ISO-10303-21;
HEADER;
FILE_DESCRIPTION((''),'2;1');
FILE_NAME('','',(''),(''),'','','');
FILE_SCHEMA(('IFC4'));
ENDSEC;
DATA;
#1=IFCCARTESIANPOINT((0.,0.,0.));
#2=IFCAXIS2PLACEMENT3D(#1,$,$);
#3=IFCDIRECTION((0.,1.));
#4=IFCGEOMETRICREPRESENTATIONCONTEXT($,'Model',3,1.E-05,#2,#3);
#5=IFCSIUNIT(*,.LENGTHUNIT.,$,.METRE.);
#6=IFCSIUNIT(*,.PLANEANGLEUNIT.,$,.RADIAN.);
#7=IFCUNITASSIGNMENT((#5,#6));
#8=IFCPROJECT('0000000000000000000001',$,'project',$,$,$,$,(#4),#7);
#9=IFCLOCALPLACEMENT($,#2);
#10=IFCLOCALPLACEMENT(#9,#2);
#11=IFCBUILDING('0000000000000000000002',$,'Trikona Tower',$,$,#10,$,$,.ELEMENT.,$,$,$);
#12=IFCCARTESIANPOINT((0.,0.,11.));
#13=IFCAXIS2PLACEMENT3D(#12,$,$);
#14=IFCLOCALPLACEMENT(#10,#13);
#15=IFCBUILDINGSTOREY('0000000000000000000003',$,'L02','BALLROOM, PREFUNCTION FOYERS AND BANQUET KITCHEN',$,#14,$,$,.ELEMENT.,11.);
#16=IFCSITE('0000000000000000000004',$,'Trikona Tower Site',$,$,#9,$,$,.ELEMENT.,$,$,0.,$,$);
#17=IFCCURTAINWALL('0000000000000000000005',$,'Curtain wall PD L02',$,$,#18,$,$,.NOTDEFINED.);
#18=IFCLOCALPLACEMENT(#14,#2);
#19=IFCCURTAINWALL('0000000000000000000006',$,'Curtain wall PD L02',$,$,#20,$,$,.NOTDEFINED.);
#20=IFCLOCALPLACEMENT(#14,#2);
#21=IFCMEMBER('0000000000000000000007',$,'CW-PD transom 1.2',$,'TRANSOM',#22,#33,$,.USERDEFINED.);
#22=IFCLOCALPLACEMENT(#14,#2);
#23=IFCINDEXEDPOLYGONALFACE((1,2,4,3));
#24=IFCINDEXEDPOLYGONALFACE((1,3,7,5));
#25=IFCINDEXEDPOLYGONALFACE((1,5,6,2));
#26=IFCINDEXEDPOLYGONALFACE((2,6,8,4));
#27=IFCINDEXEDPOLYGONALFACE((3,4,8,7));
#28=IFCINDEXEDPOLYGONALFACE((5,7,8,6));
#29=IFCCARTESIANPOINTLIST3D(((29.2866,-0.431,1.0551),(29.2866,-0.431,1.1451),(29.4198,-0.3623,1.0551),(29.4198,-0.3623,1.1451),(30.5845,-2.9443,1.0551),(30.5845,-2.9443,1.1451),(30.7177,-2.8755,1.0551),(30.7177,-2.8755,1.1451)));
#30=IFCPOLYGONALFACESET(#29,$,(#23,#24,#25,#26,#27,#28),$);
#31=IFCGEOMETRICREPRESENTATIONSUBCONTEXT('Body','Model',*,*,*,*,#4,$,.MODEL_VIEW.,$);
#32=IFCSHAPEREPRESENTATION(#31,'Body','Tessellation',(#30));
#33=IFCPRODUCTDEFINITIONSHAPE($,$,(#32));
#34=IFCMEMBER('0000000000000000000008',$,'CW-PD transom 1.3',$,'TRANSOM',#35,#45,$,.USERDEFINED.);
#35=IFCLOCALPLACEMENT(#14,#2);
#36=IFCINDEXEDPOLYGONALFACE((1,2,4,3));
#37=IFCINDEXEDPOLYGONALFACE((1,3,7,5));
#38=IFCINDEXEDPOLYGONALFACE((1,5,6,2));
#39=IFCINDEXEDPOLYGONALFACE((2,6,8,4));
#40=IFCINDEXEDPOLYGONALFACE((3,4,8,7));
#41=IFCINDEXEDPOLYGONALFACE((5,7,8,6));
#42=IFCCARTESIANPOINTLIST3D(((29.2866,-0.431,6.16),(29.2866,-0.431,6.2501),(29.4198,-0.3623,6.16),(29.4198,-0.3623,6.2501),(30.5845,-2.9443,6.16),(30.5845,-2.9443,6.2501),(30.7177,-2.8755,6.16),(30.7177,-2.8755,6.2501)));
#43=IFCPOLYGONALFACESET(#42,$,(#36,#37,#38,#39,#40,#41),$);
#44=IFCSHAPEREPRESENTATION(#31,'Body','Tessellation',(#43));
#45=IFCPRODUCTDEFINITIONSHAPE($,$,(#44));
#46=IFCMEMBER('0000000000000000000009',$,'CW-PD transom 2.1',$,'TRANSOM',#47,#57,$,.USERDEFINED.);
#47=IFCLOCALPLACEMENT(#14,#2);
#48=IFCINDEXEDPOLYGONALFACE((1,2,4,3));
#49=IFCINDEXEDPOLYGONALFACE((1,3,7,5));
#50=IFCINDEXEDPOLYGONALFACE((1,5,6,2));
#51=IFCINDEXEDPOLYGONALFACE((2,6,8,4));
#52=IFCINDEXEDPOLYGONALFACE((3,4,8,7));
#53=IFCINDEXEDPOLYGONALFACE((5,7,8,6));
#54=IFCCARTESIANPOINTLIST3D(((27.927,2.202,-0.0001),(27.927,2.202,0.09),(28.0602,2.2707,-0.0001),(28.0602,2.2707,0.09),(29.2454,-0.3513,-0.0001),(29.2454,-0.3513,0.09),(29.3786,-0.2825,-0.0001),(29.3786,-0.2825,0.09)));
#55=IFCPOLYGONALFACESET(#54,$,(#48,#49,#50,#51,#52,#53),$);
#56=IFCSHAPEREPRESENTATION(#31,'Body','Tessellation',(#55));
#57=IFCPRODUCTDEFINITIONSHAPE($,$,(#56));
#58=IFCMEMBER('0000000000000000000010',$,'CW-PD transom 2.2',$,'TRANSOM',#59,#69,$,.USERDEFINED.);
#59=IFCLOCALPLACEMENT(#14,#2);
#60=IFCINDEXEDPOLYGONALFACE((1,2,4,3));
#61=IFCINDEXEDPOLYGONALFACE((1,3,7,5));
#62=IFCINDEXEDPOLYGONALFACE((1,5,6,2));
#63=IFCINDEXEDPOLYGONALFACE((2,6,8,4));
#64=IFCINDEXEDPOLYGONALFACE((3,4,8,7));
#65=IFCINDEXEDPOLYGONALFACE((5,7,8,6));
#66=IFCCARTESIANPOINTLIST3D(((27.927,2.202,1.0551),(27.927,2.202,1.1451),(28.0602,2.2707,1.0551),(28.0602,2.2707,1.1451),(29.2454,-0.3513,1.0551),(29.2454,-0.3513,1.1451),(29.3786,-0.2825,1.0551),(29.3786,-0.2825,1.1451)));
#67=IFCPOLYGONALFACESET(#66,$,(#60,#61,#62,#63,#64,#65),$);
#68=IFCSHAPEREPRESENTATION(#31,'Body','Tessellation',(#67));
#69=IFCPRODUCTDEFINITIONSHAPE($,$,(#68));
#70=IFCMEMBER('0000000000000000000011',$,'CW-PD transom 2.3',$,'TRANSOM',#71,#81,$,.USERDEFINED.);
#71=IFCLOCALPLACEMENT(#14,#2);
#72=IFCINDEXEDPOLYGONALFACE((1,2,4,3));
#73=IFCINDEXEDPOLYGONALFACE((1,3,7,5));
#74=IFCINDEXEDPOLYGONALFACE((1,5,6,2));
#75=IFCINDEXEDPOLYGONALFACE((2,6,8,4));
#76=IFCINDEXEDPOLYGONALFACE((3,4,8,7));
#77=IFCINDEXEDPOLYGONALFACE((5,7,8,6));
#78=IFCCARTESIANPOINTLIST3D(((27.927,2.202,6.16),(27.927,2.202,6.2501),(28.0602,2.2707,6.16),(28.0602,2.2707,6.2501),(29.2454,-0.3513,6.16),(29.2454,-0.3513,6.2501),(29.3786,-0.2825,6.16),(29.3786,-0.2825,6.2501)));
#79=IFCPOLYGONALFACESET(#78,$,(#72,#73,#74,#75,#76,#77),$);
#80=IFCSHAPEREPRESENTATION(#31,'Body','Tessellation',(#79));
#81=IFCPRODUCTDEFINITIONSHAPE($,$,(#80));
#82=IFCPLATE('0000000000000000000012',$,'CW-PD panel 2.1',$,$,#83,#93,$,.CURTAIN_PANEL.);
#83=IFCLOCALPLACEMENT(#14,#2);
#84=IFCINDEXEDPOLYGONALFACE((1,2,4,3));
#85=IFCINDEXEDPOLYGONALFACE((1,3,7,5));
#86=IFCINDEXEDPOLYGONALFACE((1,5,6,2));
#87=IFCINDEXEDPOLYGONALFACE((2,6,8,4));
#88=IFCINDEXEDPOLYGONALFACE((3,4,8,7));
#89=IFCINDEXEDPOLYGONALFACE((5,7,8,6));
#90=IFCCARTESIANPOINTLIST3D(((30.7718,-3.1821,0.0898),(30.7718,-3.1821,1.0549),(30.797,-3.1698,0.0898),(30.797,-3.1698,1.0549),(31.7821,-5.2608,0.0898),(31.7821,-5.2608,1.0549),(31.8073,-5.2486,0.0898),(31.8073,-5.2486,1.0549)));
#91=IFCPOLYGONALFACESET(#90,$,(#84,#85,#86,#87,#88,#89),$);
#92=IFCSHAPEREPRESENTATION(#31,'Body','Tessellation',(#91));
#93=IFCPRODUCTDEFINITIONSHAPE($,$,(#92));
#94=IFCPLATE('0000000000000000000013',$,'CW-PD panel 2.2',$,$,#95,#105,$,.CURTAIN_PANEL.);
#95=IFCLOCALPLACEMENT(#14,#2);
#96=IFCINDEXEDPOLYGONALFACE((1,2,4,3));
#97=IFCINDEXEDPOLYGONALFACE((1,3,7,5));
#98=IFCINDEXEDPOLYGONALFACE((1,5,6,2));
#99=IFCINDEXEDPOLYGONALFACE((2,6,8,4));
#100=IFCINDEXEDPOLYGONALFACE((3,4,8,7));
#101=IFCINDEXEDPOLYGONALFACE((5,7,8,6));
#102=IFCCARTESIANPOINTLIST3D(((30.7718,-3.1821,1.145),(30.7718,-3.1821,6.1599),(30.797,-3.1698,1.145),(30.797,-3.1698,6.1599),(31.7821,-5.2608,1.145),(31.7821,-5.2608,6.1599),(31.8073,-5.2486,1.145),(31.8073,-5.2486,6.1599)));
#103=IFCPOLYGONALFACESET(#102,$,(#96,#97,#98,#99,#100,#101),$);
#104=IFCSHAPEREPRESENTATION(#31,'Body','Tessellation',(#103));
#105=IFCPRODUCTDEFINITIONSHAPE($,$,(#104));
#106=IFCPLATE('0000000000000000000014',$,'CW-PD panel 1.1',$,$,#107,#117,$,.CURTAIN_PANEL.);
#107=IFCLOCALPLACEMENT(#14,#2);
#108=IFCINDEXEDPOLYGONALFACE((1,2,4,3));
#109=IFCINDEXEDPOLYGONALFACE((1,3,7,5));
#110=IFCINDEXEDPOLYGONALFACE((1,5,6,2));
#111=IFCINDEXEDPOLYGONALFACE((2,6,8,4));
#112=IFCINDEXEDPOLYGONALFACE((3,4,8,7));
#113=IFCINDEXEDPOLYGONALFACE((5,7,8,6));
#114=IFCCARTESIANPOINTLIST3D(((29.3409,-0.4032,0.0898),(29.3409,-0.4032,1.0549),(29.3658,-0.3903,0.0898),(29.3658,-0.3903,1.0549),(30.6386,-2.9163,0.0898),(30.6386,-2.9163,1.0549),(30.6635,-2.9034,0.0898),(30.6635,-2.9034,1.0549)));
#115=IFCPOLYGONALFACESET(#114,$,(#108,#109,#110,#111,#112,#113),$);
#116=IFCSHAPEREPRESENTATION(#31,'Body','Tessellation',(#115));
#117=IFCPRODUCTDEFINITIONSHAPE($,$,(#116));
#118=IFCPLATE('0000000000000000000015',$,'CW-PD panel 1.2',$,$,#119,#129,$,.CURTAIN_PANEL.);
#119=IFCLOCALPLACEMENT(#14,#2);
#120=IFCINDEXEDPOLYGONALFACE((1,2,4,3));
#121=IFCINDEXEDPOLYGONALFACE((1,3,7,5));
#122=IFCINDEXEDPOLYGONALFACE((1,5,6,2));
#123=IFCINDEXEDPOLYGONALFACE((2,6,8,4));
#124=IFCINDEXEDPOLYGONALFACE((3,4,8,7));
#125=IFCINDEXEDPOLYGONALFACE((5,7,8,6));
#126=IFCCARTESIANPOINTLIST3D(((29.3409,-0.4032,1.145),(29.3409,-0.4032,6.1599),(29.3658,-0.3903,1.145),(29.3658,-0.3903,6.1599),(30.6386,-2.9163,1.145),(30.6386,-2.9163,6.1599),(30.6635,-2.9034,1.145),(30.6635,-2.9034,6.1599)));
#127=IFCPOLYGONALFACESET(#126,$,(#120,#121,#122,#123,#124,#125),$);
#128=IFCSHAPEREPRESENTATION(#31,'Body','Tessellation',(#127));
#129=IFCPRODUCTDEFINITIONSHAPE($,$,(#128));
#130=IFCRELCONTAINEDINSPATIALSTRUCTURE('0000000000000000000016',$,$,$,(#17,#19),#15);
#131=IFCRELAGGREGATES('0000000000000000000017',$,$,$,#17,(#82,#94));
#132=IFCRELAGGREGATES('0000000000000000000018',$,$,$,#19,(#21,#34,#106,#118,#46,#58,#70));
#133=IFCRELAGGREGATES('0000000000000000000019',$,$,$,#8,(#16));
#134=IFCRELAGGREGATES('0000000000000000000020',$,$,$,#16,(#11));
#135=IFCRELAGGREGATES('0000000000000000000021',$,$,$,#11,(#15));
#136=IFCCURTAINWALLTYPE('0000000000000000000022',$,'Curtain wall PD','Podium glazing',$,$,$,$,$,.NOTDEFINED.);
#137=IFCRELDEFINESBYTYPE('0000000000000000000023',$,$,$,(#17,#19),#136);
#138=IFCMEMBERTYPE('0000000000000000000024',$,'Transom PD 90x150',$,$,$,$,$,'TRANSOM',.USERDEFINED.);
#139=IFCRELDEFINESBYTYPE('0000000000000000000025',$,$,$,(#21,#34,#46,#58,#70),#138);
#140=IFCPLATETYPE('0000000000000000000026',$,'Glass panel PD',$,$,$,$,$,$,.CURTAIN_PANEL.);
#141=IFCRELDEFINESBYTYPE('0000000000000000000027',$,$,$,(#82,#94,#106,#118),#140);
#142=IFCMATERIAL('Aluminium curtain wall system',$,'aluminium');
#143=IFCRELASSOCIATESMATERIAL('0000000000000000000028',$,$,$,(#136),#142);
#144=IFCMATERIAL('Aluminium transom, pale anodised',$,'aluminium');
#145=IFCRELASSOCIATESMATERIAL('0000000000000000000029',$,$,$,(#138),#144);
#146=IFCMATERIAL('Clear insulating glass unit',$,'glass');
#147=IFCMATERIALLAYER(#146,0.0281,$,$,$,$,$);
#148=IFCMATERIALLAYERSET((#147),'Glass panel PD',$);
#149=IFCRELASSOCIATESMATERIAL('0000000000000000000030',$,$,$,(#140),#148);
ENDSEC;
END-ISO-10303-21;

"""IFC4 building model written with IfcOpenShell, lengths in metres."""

from ifc_helpers import new_model, si_unit, direction, frame, origin, origin_2d, place, context, subcontext, project, spatial, rectangle, extrude, material, layer, layer_set, material_profile, profile_set, type_object, element, aggregate, save


model = new_model("IFC4")

# Units and contexts
model_context = context("Model", 3, precision=1e-05, world=origin(), true_north=direction((0.0, 1.0)))
body_context = subcontext(model_context, "Body", "Model", "MODEL_VIEW")
ifc_project = project(units=[si_unit("LENGTHUNIT", "METRE"), si_unit("PLANEANGLEUNIT", "RADIAN")], contexts=[model_context])

# Site, building, storey
site_placement = place(None, origin())
site = spatial("IfcSite", under=ifc_project, at=site_placement, Name="Trikona Tower Site", CompositionType="ELEMENT", RefElevation=0.0)
building_placement = place(site_placement, origin())
building = spatial("IfcBuilding", under=site, at=building_placement, Name="Trikona Tower", CompositionType="ELEMENT")
storey_placement = place(building_placement, frame((0.0, 0.0, 11.0)))
storey = spatial("IfcBuildingStorey", under=building, at=storey_placement, Name="L02", Description="BALLROOM, PREFUNCTION FOYERS AND BANQUET KITCHEN", CompositionType="ELEMENT", Elevation=11.0)

# Curtain wall
ifc_material_1 = material(Name="Aluminium curtain wall system", Category="aluminium")
curtain_wall_type = type_object("IfcCurtainWallType", Name="Curtain wall PD", Description="Podium glazing", PredefinedType="NOTDEFINED", material=ifc_material_1)
curtain_wall_1_placement = place(storey_placement, origin())
curtain_wall_1 = element("IfcCurtainWall", 1, at=curtain_wall_1_placement, inside=storey, type_object=curtain_wall_type, Name="Curtain wall PD L02", PredefinedType="NOTDEFINED")

# Curtain wall
curtain_wall_2_placement = place(storey_placement, origin())
curtain_wall_2 = element("IfcCurtainWall", 2, at=curtain_wall_2_placement, inside=storey, type_object=curtain_wall_type, Name="Curtain wall PD L02", PredefinedType="NOTDEFINED")

# Members
ifc_material_2 = material(Name="Aluminium transom, pale anodised", Category="aluminium")
ifc_material_profile_1 = material_profile(ifc_material_2, rectangle(XDim=0.1499, YDim=0.0901, at=origin_2d()), Name="TRN-PD")
ifc_profile_set_1 = profile_set([ifc_material_profile_1], Name="Aluminium transom, pale anodised")
member_type_1 = type_object("IfcMemberType", Name="Transom PD 90x150", ElementType="TRANSOM", PredefinedType="USERDEFINED", material=ifc_profile_set_1)
member_1_placement = place(storey_placement, frame((30.6511, -2.9099, 1.1001), z_axis=(-0.458845, 0.888516, 0.0), x_axis=(-0.888516, -0.458845, 0.0)))
member_1 = element("IfcMember", 3, at=member_1_placement, type_object=member_type_1, Name="CW-PD transom 1.2", ObjectType="TRANSOM", PredefinedType="USERDEFINED", context=body_context, shape_type="SweptSolid", body=[
    extrude(rectangle(XDim=0.1499, YDim=0.0901, at=origin_2d()), origin(), (0.0, 0.0, 1.0), 2.8286),
])
member_2_placement = place(storey_placement, frame((30.6511, -2.9099, 6.2051), z_axis=(-0.458845, 0.888516, 0.0), x_axis=(-0.888516, -0.458845, 0.0)))
member_2 = element("IfcMember", 4, at=member_2_placement, type_object=member_type_1, Name="CW-PD transom 1.3", ObjectType="TRANSOM", PredefinedType="USERDEFINED", context=body_context, shape_type="SweptSolid", body=[
    extrude(rectangle(XDim=0.1499, YDim=0.0901, at=origin_2d()), origin(), (0.0, 0.0, 1.0), 2.8286),
])
member_3_placement = place(storey_placement, frame((29.312, -0.3169, 0.0449), z_axis=(-0.458799, 0.88854, 0.0), x_axis=(-0.88854, -0.458799, 0.0)))
member_3 = element("IfcMember", 5, at=member_3_placement, type_object=member_type_1, Name="CW-PD transom 2.1", ObjectType="TRANSOM", PredefinedType="USERDEFINED", context=body_context, shape_type="SweptSolid", body=[
    extrude(rectangle(XDim=0.1499, YDim=0.0901, at=origin_2d()), origin(), (0.0, 0.0, 1.0), 2.8735),
])
member_4_placement = place(storey_placement, frame((29.312, -0.3169, 1.1001), z_axis=(-0.458799, 0.88854, 0.0), x_axis=(-0.88854, -0.458799, 0.0)))
member_4 = element("IfcMember", 6, at=member_4_placement, type_object=member_type_1, Name="CW-PD transom 2.2", ObjectType="TRANSOM", PredefinedType="USERDEFINED", context=body_context, shape_type="SweptSolid", body=[
    extrude(rectangle(XDim=0.1499, YDim=0.0901, at=origin_2d()), origin(), (0.0, 0.0, 1.0), 2.8735),
])
member_5_placement = place(storey_placement, frame((29.312, -0.3169, 6.2051), z_axis=(-0.458799, 0.88854, 0.0), x_axis=(-0.88854, -0.458799, 0.0)))
member_5 = element("IfcMember", 7, at=member_5_placement, type_object=member_type_1, Name="CW-PD transom 2.3", ObjectType="TRANSOM", PredefinedType="USERDEFINED", context=body_context, shape_type="SweptSolid", body=[
    extrude(rectangle(XDim=0.1499, YDim=0.0901, at=origin_2d()), origin(), (0.0, 0.0, 1.0), 2.8735),
])

# Plates
ifc_material_3 = material(Name="Clear insulating glass unit", Category="glass")
ifc_layer = layer(ifc_material_3, 0.0281)
ifc_layer_set = layer_set([ifc_layer], Name="Glass panel PD")
plate_type = type_object("IfcPlateType", Name="Glass panel PD", PredefinedType="CURTAIN_PANEL", material=ifc_layer_set)
plate_1_placement = place(storey_placement, frame((31.2896, -4.2153, 0.0898), z_axis=(0.0, 0.0, 1.0), x_axis=(-0.437129, 0.899399, 0.0)))
plate_1 = element("IfcPlate", 8, at=plate_1_placement, type_object=plate_type, Name="CW-PD panel 2.1", PredefinedType="CURTAIN_PANEL", context=body_context, shape_type="SweptSolid", body=[
    extrude(rectangle(XDim=2.3113, YDim=0.0281, at=origin_2d()), origin(), (0.0, 0.0, 1.0), 0.9651),
])
plate_2_placement = place(storey_placement, frame((31.2896, -4.2153, 1.145), z_axis=(0.0, 0.0, 1.0), x_axis=(-0.437129, 0.899399, 0.0)))
plate_2 = element("IfcPlate", 9, at=plate_2_placement, type_object=plate_type, Name="CW-PD panel 2.2", PredefinedType="CURTAIN_PANEL", context=body_context, shape_type="SweptSolid", body=[
    extrude(rectangle(XDim=2.3113, YDim=0.0281, at=origin_2d()), origin(), (0.0, 0.0, 1.0), 5.0149),
])
aggregate(curtain_wall_1, [plate_1, plate_2])
plate_3_placement = place(storey_placement, frame((30.0022, -1.6533, 0.0898), z_axis=(0.0, 0.0, 1.0), x_axis=(-0.458829, 0.888525, 0.0)))
plate_3 = element("IfcPlate", 10, at=plate_3_placement, type_object=plate_type, Name="CW-PD panel 1.1", PredefinedType="CURTAIN_PANEL", context=body_context, shape_type="SweptSolid", body=[
    extrude(rectangle(XDim=2.8284, YDim=0.0281, at=origin_2d()), origin(), (0.0, 0.0, 1.0), 0.9651),
])
plate_4_placement = place(storey_placement, frame((30.0022, -1.6533, 1.145), z_axis=(0.0, 0.0, 1.0), x_axis=(-0.458829, 0.888525, 0.0)))
plate_4 = element("IfcPlate", 11, at=plate_4_placement, type_object=plate_type, Name="CW-PD panel 1.2", PredefinedType="CURTAIN_PANEL", context=body_context, shape_type="SweptSolid", body=[
    extrude(rectangle(XDim=2.8284, YDim=0.0281, at=origin_2d()), origin(), (0.0, 0.0, 1.0), 5.0149),
])
aggregate(curtain_wall_2, [member_1, member_2, plate_3, plate_4, member_3, member_4, member_5])

save(model, "model.ifc")
